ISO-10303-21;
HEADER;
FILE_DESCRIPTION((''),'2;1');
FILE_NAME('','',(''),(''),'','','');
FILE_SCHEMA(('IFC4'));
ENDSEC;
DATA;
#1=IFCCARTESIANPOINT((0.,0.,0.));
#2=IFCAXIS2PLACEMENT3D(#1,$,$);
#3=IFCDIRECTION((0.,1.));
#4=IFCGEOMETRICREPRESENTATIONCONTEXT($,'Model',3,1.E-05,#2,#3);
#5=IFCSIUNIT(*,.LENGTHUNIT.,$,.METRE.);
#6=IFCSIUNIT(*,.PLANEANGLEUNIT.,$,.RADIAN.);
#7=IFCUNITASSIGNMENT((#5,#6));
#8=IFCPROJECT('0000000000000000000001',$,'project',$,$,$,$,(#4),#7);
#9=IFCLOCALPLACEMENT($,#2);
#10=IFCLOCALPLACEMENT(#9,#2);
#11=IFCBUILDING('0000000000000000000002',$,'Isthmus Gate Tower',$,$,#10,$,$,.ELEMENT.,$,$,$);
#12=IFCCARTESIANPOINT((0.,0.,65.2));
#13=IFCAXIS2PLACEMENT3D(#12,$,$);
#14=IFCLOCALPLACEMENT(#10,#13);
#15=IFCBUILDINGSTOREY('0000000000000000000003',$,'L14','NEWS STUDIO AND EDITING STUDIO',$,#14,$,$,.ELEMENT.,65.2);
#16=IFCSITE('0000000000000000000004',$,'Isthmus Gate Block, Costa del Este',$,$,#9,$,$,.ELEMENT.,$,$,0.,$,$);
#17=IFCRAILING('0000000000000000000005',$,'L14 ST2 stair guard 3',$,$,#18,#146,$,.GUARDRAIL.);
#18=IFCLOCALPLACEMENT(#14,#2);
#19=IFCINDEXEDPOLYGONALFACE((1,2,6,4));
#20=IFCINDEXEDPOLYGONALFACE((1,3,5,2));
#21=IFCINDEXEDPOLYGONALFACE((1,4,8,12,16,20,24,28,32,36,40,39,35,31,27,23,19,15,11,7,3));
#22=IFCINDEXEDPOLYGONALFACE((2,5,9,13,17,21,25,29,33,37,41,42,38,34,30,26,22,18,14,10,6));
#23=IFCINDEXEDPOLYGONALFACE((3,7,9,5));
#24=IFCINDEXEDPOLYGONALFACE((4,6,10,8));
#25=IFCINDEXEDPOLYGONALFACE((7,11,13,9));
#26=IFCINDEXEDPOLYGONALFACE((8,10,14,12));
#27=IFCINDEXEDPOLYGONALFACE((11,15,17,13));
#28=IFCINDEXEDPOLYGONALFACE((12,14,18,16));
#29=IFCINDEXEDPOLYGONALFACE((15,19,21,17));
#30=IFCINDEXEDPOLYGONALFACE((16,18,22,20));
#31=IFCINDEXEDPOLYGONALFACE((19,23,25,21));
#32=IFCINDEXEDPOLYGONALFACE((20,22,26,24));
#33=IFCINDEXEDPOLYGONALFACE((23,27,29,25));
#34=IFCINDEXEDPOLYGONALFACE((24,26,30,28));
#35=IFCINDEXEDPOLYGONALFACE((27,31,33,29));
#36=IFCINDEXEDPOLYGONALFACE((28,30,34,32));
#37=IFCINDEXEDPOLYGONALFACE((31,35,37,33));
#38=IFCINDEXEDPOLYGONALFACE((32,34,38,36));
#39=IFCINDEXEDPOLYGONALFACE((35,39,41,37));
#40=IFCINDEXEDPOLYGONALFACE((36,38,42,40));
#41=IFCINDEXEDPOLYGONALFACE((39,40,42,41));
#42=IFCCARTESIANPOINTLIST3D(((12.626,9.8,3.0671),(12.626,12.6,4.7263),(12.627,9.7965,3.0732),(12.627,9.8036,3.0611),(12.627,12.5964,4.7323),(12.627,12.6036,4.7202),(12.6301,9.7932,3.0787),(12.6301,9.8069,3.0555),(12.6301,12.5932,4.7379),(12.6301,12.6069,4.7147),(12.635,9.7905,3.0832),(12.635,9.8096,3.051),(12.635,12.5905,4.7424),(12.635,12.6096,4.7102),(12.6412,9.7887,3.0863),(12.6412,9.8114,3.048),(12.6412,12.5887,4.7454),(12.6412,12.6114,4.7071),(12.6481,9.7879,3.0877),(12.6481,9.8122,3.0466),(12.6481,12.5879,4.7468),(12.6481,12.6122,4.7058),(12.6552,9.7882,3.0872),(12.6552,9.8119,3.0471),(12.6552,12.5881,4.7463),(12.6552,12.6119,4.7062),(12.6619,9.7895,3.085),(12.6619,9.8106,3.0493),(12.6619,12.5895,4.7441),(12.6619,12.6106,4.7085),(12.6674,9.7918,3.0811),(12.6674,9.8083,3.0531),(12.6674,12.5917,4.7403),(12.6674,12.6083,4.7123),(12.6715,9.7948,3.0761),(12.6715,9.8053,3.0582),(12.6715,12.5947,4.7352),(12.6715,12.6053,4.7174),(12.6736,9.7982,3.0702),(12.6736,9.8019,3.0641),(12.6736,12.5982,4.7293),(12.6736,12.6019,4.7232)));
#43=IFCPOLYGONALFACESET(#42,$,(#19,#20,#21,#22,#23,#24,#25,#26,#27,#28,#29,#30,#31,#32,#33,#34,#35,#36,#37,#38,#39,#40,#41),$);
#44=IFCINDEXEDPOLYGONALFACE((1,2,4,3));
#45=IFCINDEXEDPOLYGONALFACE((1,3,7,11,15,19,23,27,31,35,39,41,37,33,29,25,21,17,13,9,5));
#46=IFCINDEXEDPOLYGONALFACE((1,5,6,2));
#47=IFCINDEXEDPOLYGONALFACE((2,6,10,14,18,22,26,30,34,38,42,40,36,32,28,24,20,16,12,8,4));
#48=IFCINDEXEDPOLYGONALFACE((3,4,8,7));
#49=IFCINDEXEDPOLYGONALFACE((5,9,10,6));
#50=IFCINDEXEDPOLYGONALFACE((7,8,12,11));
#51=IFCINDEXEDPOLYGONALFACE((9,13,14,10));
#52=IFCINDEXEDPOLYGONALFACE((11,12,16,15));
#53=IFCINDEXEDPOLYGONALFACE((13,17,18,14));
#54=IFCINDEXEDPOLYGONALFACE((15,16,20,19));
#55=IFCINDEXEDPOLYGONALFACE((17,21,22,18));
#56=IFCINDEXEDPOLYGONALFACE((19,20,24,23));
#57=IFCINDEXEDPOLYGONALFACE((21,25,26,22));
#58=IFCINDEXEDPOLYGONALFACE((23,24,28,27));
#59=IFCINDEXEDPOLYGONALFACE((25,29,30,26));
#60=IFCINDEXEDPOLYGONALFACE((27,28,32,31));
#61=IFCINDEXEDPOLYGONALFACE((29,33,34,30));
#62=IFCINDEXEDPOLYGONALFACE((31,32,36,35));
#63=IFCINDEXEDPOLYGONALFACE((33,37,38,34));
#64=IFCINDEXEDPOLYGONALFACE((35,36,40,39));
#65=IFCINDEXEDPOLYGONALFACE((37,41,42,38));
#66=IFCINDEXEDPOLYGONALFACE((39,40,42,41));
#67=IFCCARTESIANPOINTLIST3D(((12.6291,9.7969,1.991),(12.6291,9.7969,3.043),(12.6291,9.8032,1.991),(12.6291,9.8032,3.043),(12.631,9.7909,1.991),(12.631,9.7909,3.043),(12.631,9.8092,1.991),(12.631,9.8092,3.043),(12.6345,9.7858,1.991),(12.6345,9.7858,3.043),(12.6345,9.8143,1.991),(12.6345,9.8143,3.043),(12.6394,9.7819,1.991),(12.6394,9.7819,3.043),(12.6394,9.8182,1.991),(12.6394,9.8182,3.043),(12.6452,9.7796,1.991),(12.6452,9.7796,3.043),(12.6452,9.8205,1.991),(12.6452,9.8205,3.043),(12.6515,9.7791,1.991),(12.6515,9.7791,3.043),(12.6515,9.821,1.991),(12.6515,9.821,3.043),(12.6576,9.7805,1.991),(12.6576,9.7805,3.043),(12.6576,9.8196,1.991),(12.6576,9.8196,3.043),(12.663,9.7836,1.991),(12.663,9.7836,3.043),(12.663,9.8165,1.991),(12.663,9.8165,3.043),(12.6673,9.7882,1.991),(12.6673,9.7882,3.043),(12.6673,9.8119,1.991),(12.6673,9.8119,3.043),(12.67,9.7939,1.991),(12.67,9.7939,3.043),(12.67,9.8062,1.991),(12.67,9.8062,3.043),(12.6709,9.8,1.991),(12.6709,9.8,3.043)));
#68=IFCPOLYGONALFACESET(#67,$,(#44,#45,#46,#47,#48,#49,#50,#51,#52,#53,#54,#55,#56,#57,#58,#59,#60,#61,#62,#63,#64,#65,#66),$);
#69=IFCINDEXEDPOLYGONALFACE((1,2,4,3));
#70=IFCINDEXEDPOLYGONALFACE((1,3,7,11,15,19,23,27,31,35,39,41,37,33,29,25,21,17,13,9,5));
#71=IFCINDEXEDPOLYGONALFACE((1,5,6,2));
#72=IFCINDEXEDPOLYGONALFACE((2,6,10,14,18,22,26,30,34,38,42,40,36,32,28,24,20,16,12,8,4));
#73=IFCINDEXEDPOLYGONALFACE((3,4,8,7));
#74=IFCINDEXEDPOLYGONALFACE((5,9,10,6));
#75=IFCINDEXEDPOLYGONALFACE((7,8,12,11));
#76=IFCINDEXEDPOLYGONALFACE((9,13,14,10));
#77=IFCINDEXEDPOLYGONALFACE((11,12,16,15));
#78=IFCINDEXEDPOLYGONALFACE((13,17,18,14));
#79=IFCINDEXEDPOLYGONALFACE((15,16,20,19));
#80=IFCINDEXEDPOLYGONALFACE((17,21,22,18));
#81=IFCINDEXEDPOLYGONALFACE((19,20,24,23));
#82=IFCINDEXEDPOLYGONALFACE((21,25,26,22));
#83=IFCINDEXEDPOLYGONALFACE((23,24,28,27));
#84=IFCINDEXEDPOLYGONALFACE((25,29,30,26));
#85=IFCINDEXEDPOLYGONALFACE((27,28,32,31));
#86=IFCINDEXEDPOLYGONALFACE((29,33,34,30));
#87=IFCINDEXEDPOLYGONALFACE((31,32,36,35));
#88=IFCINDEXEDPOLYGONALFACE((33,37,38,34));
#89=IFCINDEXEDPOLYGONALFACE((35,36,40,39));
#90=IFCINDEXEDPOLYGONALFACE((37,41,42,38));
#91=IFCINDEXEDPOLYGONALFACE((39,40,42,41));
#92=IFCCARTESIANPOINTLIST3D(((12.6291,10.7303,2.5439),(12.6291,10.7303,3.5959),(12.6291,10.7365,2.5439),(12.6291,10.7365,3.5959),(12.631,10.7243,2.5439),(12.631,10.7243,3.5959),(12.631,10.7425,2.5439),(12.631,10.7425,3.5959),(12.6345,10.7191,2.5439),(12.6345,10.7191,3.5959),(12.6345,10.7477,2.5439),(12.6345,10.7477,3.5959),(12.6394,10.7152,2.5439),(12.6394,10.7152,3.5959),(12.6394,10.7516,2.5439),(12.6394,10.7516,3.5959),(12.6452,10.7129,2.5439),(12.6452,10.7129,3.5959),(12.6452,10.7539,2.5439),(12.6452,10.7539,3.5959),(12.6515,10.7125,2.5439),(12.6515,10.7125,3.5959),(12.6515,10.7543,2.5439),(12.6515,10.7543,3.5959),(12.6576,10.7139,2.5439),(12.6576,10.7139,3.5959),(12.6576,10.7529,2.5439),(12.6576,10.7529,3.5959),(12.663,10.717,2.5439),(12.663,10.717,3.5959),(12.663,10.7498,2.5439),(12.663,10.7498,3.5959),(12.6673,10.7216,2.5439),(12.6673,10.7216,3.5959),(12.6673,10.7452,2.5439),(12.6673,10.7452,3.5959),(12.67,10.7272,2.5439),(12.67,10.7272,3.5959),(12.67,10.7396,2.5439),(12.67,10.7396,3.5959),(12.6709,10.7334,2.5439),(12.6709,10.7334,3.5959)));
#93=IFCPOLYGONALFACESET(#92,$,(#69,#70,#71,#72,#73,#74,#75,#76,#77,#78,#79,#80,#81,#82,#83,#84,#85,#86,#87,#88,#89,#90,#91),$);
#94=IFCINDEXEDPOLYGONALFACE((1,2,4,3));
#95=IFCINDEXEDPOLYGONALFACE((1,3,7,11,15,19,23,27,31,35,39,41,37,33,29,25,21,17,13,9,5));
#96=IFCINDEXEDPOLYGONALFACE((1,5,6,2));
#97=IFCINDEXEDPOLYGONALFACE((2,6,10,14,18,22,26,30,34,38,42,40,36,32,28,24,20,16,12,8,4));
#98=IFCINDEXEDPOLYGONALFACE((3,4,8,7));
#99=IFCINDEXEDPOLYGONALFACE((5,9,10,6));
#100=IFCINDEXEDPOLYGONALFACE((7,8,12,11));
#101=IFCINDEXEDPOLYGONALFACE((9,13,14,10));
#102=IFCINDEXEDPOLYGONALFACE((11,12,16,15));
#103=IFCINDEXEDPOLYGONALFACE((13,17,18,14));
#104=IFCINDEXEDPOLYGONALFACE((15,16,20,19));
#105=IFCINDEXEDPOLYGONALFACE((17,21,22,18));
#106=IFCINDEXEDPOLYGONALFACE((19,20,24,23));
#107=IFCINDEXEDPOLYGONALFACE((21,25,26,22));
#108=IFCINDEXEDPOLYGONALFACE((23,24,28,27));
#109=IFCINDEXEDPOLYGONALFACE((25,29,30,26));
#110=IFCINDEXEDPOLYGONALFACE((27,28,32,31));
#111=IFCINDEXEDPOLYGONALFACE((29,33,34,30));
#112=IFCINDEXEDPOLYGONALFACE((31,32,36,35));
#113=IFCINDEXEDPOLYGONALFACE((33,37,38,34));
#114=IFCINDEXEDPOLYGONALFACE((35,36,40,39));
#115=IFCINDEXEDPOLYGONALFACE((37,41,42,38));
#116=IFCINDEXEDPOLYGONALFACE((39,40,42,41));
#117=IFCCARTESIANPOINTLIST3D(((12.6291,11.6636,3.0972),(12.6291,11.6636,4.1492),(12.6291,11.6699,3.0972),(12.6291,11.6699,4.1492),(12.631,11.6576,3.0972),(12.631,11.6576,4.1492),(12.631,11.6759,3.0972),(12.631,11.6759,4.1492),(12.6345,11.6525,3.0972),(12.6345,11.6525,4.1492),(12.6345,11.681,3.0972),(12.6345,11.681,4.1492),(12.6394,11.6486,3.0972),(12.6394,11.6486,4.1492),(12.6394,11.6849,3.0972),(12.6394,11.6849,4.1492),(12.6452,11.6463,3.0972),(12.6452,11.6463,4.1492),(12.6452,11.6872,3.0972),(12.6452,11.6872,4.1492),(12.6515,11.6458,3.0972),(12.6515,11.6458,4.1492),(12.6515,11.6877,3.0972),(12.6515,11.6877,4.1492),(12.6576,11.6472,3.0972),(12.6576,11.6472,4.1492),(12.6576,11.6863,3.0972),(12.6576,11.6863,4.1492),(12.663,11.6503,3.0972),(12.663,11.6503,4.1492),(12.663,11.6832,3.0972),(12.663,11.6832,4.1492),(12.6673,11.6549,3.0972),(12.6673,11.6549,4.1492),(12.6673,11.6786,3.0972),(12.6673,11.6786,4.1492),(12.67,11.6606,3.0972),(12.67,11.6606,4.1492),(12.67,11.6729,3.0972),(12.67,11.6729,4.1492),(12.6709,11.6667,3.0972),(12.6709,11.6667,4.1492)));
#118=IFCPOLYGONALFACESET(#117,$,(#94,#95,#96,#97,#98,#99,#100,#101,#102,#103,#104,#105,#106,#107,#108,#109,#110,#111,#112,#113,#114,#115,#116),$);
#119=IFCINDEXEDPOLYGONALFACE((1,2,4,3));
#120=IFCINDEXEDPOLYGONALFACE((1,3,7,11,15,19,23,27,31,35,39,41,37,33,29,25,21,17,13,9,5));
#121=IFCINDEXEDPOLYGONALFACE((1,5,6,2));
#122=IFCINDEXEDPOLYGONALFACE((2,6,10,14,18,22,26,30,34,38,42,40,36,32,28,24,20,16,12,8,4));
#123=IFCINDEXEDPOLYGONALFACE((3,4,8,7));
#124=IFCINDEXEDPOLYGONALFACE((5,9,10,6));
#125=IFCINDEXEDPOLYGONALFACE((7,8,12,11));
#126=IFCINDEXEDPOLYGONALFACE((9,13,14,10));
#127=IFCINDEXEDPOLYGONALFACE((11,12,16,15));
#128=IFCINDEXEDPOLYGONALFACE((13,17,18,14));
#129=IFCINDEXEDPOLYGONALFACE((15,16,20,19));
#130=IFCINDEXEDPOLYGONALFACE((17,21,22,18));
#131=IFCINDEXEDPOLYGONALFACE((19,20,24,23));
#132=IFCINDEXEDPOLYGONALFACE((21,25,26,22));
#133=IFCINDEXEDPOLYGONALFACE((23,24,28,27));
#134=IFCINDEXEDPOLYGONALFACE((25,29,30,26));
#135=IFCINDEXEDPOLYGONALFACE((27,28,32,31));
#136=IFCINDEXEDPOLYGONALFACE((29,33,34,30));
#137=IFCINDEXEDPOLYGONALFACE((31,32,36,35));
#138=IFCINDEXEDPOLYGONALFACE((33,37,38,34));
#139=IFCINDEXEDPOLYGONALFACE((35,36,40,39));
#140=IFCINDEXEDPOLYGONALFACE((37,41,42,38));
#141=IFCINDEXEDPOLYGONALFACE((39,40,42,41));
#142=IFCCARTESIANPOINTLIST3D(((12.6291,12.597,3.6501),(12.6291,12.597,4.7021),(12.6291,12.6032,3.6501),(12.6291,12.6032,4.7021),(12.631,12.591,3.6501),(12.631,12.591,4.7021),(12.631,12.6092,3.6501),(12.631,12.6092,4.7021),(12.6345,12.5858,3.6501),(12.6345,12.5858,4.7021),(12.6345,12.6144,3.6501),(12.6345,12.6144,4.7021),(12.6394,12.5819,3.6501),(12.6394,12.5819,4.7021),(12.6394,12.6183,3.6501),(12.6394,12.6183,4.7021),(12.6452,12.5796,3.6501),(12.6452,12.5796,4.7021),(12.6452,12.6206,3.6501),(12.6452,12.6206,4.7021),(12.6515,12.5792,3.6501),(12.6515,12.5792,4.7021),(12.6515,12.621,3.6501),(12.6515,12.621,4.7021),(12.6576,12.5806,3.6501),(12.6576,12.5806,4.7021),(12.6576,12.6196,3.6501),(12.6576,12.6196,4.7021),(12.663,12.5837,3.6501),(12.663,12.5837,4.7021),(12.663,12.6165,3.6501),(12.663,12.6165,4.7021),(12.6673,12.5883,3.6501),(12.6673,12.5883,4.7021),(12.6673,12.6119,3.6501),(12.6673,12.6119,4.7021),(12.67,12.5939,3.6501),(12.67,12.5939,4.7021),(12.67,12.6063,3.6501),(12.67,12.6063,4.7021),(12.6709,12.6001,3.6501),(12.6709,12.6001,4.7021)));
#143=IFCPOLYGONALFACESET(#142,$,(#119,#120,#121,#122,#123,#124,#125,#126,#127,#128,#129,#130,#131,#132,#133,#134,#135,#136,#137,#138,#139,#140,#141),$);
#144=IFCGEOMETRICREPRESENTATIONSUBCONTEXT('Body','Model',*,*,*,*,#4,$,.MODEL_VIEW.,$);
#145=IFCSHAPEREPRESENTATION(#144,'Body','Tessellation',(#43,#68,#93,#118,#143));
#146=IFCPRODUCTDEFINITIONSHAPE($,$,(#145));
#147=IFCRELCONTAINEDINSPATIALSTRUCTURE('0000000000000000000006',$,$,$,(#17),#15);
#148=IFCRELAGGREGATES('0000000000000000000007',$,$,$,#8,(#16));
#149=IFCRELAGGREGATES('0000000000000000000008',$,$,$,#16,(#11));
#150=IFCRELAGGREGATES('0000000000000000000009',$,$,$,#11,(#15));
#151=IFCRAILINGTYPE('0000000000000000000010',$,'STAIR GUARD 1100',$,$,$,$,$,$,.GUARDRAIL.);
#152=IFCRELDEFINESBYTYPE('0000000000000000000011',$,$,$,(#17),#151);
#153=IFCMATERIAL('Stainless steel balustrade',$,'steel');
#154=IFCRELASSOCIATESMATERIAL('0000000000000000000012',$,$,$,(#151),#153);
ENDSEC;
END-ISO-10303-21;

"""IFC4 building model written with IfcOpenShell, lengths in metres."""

from ifc_helpers import new_model, si_unit, direction, frame, origin, origin_2d, place, context, subcontext, project, spatial, circle, extrude, material, type_object, element, save


model = new_model("IFC4")

# Units and contexts
model_context = context("Model", 3, precision=1e-05, world=origin(), true_north=direction((0.0, 1.0)))
body_context = subcontext(model_context, "Body", "Model", "MODEL_VIEW")
ifc_project = project(units=[si_unit("LENGTHUNIT", "METRE"), si_unit("PLANEANGLEUNIT", "RADIAN")], contexts=[model_context])

# Site, building, storey
site_placement = place(None, origin())
site = spatial("IfcSite", under=ifc_project, at=site_placement, Name="Isthmus Gate Block, Costa del Este", CompositionType="ELEMENT", RefElevation=0.0)
building_placement = place(site_placement, origin())
building = spatial("IfcBuilding", under=site, at=building_placement, Name="Isthmus Gate Tower", CompositionType="ELEMENT")
storey_placement = place(building_placement, frame((0.0, 0.0, 65.2)))
storey = spatial("IfcBuildingStorey", under=building, at=storey_placement, Name="L14", Description="NEWS STUDIO AND EDITING STUDIO", CompositionType="ELEMENT", Elevation=65.2)

# Railing
ifc_material_1 = material(Name="Stainless steel balustrade", Category="steel")
railing_type_1 = type_object("IfcRailingType", Name="STAIR GUARD 1100", PredefinedType="GUARDRAIL", material=ifc_material_1)
railing_1_placement = place(storey_placement, frame((12.6499, 9.8, 1.991)))
element("IfcRailing", 1, at=railing_1_placement, inside=storey, type_object=railing_type_1, Name="L14 ST2 stair guard 3", PredefinedType="GUARDRAIL", context=body_context, shape_type="SweptSolid", body=[
    extrude(circle(Radius=0.0239, at=origin_2d()), frame((0.0, 0.0, 1.0762), z_axis=(0.0, 0.860306, 0.509778), x_axis=(-1.0, 0.0, 0.0)), (0.0, 0.0, 1.0), 3.2546),
    extrude(circle(Radius=0.021, at=origin_2d()), origin(), (0.0, 0.0, 1.0), 1.052),
    extrude(circle(Radius=0.021, at=origin_2d()), frame((0.0, 0.9333, 0.553)), (0.0, 0.0, 1.0), 1.052),
    extrude(circle(Radius=0.021, at=origin_2d()), frame((0.0, 1.8667, 1.1062)), (0.0, 0.0, 1.0), 1.052),
    extrude(circle(Radius=0.021, at=origin_2d()), frame((0.0, 2.8, 1.6592)), (0.0, 0.0, 1.0), 1.052),
])

save(model, "model.ifc")
